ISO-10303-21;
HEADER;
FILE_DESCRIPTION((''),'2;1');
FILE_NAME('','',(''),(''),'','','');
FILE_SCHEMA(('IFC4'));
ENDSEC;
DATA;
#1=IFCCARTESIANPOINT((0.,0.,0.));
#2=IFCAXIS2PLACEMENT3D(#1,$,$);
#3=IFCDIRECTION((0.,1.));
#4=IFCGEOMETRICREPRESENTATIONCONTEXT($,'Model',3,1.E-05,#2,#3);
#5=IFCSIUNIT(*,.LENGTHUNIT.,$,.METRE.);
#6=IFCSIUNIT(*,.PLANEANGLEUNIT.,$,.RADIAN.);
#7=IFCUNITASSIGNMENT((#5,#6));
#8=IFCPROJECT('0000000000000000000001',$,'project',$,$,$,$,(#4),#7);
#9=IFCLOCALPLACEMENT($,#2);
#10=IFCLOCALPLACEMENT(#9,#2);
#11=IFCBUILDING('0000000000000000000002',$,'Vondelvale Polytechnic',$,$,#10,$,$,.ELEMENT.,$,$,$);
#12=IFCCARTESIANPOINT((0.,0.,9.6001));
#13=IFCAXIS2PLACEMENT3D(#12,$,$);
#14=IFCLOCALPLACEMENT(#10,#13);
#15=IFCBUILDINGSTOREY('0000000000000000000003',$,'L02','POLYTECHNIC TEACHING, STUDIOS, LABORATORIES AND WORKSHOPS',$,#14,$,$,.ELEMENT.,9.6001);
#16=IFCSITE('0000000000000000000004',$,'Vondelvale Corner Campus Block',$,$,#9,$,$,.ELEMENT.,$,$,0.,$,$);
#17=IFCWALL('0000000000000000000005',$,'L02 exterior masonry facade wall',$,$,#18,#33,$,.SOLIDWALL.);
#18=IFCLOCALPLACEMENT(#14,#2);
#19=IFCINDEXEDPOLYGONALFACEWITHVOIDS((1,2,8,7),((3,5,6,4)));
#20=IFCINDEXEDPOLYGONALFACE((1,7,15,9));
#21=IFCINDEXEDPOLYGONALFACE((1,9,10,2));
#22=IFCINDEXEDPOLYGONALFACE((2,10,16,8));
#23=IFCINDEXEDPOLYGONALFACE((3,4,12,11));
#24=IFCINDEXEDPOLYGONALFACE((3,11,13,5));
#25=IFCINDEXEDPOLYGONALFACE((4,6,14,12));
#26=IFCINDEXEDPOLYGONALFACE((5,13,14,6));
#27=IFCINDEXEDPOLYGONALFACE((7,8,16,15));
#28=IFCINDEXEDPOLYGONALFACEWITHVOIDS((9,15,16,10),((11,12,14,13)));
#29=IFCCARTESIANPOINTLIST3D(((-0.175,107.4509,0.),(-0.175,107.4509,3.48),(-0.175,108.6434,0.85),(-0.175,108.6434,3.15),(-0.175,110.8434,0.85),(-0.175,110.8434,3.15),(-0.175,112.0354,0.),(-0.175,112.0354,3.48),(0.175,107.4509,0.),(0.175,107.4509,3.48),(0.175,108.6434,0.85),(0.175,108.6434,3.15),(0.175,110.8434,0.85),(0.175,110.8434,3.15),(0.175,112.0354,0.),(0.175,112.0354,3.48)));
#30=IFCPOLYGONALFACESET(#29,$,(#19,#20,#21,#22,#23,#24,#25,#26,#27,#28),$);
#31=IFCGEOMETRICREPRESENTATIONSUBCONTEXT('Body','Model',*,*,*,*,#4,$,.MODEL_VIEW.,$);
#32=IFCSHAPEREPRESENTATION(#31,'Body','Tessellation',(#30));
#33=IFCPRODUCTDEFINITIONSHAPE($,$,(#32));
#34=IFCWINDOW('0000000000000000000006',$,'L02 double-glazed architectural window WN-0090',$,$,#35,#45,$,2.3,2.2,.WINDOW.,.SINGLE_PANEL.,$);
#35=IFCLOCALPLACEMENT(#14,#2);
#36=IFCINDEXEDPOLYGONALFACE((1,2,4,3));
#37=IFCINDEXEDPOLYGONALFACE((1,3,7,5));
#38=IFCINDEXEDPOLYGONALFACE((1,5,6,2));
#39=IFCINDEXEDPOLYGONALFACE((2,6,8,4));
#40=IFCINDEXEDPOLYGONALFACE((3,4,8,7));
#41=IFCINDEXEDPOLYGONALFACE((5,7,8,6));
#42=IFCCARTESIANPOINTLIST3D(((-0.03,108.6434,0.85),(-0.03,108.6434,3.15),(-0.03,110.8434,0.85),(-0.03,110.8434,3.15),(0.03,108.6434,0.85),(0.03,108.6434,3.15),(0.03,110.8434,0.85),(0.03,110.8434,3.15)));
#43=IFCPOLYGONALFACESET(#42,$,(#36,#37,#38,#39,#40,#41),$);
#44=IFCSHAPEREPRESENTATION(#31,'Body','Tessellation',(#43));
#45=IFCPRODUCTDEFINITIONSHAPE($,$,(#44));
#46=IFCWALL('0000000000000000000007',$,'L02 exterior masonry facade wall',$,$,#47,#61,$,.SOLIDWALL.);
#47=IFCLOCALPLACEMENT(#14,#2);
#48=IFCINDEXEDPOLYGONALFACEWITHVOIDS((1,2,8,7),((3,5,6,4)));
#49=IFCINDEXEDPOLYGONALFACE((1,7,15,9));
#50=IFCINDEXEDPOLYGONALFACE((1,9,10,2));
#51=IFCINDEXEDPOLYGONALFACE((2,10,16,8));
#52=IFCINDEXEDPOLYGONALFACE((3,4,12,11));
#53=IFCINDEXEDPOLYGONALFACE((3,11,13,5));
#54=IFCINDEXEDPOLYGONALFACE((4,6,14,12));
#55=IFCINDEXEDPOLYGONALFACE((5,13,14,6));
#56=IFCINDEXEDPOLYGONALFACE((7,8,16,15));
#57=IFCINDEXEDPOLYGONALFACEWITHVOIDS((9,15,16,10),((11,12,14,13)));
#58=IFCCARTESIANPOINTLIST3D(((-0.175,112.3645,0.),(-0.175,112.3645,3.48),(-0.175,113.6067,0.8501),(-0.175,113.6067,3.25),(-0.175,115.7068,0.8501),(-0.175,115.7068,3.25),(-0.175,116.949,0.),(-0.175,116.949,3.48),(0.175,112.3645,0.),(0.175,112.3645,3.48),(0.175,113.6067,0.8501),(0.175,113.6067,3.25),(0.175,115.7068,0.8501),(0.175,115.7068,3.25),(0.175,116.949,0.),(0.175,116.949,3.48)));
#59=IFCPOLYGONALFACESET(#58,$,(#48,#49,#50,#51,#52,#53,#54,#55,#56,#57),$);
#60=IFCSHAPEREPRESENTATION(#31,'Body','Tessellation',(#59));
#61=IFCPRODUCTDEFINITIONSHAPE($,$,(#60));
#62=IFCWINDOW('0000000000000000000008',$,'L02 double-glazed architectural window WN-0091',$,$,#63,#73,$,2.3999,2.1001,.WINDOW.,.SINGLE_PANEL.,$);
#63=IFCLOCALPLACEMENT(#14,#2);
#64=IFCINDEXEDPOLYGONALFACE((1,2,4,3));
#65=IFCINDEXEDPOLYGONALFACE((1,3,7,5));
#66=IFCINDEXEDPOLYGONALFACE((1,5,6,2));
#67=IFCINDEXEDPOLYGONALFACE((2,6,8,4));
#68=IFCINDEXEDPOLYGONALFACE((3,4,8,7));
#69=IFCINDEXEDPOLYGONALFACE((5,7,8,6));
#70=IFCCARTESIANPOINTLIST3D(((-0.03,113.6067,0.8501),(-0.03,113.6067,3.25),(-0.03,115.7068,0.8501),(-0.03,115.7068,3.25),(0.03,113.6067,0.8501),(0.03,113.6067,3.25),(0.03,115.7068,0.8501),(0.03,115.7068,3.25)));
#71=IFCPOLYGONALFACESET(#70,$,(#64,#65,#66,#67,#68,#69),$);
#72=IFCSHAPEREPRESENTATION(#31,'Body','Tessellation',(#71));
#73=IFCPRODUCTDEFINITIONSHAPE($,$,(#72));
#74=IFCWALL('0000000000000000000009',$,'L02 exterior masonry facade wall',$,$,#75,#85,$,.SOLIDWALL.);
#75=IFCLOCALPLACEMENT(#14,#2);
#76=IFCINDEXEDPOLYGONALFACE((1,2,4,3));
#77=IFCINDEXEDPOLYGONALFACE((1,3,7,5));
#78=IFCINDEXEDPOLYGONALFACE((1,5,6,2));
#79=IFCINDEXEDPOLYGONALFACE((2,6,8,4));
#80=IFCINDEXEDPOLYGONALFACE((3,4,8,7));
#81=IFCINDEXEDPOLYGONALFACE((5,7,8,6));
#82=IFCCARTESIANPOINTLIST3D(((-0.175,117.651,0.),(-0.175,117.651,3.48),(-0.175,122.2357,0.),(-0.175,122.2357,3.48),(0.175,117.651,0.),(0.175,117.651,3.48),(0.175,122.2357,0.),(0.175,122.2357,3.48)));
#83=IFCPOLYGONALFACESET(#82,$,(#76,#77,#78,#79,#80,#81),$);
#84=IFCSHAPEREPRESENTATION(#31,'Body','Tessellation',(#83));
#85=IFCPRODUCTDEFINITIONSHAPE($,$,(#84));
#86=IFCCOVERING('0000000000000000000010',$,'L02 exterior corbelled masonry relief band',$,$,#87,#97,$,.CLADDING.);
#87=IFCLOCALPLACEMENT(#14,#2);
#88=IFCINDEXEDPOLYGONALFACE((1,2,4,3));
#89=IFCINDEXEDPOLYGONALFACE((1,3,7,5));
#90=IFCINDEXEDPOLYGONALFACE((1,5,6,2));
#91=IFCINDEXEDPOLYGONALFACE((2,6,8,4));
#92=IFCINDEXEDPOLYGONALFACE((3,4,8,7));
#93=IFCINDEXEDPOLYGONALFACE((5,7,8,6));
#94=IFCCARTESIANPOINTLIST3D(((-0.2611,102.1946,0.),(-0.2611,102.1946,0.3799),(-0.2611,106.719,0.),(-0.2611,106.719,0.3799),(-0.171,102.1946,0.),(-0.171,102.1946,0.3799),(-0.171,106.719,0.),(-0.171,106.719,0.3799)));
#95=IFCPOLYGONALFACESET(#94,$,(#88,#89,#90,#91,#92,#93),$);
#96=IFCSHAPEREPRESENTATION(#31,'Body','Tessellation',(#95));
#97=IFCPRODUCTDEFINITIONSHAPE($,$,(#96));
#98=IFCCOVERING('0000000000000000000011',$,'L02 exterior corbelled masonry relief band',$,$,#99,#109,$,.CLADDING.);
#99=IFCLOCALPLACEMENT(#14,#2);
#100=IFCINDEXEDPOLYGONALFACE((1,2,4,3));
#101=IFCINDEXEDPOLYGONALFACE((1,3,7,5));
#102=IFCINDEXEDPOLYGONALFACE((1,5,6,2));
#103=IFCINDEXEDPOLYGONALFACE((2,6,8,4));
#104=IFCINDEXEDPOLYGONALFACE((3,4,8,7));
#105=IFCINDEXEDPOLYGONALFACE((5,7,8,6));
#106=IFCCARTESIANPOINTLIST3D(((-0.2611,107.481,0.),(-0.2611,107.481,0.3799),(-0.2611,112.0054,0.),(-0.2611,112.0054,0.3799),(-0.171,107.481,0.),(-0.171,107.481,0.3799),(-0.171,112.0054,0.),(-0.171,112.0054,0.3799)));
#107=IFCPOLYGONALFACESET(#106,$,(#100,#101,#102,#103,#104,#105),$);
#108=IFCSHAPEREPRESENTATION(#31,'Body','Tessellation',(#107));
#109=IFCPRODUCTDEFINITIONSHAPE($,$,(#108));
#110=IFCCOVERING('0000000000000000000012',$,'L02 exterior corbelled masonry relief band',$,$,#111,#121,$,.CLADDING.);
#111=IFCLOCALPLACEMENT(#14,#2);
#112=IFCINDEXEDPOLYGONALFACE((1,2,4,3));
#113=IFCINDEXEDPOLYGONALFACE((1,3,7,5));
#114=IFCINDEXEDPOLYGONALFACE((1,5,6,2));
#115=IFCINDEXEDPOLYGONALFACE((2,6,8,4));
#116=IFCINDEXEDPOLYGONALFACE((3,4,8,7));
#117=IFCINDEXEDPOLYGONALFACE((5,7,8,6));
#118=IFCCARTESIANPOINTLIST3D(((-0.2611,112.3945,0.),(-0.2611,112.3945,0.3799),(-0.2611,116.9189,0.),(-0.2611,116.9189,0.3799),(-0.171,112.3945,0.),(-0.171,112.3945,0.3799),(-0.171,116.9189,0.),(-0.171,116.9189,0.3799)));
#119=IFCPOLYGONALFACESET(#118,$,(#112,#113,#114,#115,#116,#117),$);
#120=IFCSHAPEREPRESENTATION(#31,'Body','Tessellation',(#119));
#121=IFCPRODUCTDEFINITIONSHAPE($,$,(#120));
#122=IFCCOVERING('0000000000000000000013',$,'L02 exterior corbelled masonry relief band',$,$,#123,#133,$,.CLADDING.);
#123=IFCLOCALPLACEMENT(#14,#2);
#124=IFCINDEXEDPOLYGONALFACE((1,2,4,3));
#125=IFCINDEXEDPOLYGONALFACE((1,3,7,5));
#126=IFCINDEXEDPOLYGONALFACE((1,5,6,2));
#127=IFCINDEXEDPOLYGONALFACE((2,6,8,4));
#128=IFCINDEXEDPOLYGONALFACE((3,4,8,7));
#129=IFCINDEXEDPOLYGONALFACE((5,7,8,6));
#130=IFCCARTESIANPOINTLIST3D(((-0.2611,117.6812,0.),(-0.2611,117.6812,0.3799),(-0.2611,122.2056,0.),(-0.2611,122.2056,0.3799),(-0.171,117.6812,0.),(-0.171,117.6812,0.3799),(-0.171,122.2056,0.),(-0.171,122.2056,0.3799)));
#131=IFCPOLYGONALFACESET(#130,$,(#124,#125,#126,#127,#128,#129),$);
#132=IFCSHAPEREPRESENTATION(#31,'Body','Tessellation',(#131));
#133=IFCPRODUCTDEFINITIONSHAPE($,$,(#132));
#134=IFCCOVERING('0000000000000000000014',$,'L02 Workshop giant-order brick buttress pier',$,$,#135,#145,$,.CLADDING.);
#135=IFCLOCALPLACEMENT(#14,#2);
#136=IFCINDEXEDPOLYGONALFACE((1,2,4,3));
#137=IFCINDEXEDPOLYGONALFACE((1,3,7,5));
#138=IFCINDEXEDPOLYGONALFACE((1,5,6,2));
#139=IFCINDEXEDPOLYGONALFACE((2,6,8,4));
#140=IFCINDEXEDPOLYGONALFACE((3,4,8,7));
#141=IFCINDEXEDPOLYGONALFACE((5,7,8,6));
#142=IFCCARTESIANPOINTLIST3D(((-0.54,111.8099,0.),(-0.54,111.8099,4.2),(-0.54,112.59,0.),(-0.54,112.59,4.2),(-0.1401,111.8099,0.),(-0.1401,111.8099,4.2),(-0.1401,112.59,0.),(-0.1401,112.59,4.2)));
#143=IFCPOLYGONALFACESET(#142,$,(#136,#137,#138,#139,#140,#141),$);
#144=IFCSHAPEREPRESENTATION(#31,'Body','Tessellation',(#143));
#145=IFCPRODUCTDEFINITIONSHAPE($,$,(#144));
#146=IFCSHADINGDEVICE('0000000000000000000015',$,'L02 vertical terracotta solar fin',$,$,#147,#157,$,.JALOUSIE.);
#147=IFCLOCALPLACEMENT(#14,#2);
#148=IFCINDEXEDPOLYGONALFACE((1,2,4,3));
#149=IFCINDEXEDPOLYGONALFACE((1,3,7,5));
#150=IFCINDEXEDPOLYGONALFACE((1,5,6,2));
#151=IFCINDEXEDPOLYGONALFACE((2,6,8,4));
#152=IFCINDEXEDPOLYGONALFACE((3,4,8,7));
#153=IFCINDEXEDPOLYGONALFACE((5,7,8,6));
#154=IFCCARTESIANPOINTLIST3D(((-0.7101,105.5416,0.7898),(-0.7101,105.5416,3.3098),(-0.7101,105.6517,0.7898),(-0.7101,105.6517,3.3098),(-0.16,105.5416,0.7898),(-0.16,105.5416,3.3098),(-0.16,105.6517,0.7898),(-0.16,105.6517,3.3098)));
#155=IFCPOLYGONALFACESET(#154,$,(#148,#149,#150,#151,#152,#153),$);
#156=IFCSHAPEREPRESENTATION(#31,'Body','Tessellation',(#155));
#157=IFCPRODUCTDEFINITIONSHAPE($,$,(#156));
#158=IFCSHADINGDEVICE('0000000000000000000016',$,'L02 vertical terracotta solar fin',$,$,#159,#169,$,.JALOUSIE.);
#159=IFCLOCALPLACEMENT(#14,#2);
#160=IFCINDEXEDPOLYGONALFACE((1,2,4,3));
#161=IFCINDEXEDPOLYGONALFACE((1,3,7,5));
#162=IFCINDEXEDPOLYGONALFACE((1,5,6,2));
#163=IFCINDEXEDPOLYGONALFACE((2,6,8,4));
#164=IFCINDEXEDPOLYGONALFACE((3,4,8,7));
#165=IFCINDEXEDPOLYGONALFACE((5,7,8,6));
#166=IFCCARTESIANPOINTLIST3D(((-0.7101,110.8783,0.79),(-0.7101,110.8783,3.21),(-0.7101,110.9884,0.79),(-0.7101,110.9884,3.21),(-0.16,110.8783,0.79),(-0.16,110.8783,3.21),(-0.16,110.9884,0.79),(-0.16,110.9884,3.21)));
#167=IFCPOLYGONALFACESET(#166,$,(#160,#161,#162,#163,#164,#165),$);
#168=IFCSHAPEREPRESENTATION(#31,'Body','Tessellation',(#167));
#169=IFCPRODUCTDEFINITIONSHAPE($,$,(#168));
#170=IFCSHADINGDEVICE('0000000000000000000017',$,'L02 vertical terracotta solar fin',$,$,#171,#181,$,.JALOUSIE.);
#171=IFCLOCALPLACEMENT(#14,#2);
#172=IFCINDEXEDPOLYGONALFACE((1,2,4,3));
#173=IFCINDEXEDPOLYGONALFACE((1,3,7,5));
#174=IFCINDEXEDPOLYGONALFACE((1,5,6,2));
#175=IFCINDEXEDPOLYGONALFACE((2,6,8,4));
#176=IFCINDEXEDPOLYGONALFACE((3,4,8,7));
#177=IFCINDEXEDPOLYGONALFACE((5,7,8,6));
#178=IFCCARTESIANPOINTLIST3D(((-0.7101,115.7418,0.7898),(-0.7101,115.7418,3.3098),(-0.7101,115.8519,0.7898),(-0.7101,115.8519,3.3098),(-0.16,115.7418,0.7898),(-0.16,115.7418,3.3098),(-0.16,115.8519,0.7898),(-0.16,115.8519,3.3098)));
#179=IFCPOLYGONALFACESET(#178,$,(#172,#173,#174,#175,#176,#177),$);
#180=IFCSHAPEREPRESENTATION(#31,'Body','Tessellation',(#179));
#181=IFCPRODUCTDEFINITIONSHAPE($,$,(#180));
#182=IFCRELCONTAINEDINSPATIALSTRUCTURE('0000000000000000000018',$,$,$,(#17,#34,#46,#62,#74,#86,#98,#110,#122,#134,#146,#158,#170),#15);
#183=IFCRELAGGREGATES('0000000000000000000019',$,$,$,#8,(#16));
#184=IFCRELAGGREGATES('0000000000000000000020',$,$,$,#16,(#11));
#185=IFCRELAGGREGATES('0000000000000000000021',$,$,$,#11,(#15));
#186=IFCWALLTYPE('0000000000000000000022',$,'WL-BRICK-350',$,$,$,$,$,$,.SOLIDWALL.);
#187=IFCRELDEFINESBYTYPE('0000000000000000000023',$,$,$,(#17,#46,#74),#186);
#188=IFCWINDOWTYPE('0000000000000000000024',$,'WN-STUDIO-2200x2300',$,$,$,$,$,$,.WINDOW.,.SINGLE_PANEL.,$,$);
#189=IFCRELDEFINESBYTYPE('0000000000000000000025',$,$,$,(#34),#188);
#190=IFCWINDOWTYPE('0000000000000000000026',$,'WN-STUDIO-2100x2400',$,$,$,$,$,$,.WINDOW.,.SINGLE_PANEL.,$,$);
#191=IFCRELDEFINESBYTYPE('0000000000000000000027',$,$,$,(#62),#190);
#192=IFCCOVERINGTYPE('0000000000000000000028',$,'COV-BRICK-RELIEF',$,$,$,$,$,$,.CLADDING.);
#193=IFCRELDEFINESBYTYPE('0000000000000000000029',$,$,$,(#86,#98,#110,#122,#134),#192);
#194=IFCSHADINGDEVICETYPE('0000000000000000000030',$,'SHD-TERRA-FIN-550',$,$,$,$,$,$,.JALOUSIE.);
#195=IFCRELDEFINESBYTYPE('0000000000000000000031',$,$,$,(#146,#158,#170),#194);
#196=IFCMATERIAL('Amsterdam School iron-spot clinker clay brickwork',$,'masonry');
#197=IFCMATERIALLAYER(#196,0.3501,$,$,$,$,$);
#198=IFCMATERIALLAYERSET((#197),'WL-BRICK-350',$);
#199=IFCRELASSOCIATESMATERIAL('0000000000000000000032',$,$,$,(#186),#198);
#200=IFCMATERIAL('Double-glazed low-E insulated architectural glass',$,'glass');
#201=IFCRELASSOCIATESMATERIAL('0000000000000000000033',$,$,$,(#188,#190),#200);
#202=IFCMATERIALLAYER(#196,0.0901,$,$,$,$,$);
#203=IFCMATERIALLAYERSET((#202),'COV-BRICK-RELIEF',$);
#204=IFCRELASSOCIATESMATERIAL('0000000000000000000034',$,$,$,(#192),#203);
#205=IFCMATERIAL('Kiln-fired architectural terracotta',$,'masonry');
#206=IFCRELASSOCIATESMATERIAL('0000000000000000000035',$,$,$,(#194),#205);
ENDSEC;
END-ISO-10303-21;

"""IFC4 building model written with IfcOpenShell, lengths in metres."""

from ifc_helpers import new_model, si_unit, direction, frame, frame_2d, origin, origin_2d, place, context, subcontext, project, spatial, rectangle, extrude, material, layer, layer_set, type_object, element, fill, save


model = new_model("IFC4")

# Units and contexts
model_context = context("Model", 3, precision=1e-05, world=origin(), true_north=direction((0.0, 1.0)))
body_context = subcontext(model_context, "Body", "Model", "MODEL_VIEW")
ifc_project = project(units=[si_unit("LENGTHUNIT", "METRE"), si_unit("PLANEANGLEUNIT", "RADIAN")], contexts=[model_context])

# Site, building, storey
site_placement = place(None, origin())
site = spatial("IfcSite", under=ifc_project, at=site_placement, Name="Vondelvale Corner Campus Block", CompositionType="ELEMENT", RefElevation=0.0)
building_placement = place(site_placement, origin())
building = spatial("IfcBuilding", under=site, at=building_placement, Name="Vondelvale Polytechnic", CompositionType="ELEMENT")
storey_placement = place(building_placement, frame((0.0, 0.0, 9.6001)))
storey = spatial("IfcBuildingStorey", under=building, at=storey_placement, Name="L02", Description="POLYTECHNIC TEACHING, STUDIOS, LABORATORIES AND WORKSHOPS", CompositionType="ELEMENT", Elevation=9.6001)

# Walls, openings, windows
ifc_material_1 = material(Name="Amsterdam School iron-spot clinker clay brickwork", Category="masonry")
ifc_layer_1 = layer(ifc_material_1, 0.3501)
ifc_layer_set_1 = layer_set([ifc_layer_1], Name="WL-BRICK-350")
wall_type = type_object("IfcWallType", Name="WL-BRICK-350", PredefinedType="SOLIDWALL", material=ifc_layer_set_1)
wall_1_placement = place(storey_placement, frame((0.0, 107.4509, 0.0), z_axis=(0.0, 0.0, 1.0), x_axis=(0.0, 1.0, 0.0)))
wall_1 = element("IfcWall", 1, at=wall_1_placement, inside=storey, type_object=wall_type, Name="L02 exterior masonry facade wall", PredefinedType="SOLIDWALL", context=body_context, shape_type="SweptSolid", body=[
    extrude(rectangle(XDim=4.5845, YDim=0.3501, at=frame_2d((2.2922, 0.0))), origin(), (0.0, 0.0, 1.0), 3.48),
])
opening_1_placement = place(wall_1_placement, frame((1.1924, 0.0, 0.8501)))
opening_1 = element("IfcOpeningElement", 2, at=opening_1_placement, cuts=wall_1, PredefinedType="OPENING", context=body_context, shape_type="SweptSolid", body=[
    extrude(rectangle(XDim=2.2, YDim=2.3, at=frame_2d((1.1001, 1.1499))), frame((0.0, 0.1851, 0.0), z_axis=(0.0, -1.0, 0.0), x_axis=(1.0, 0.0, 0.0)), (0.0, 0.0, 1.0), 0.3701),
])
ifc_material_2 = material(Name="Double-glazed low-E insulated architectural glass", Category="glass")
window_type_1 = type_object("IfcWindowType", Name="WN-STUDIO-2200x2300", PartitioningType="SINGLE_PANEL", PredefinedType="WINDOW", material=ifc_material_2)
window_1_placement = place(opening_1_placement, origin())
window_1 = element("IfcWindow", 3, at=window_1_placement, inside=storey, type_object=window_type_1, Name="L02 double-glazed architectural window WN-0090", OverallHeight=2.3, OverallWidth=2.2, PartitioningType="SINGLE_PANEL", PredefinedType="WINDOW", context=body_context, shape_type="SweptSolid", body=[
    extrude(rectangle(XDim=2.2, YDim=2.3, at=frame_2d((1.1001, 1.1499))), frame((0.0, 0.03, 0.0), z_axis=(0.0, -1.0, 0.0), x_axis=(1.0, 0.0, 0.0)), (0.0, 0.0, 1.0), 0.0601),
])
fill(opening_1, window_1)
wall_2_placement = place(storey_placement, frame((0.0, 112.3645, 0.0), z_axis=(0.0, 0.0, 1.0), x_axis=(0.0, 1.0, 0.0)))
wall_2 = element("IfcWall", 4, at=wall_2_placement, inside=storey, type_object=wall_type, Name="L02 exterior masonry facade wall", PredefinedType="SOLIDWALL", context=body_context, shape_type="SweptSolid", body=[
    extrude(rectangle(XDim=4.5845, YDim=0.3501, at=frame_2d((2.2922, 0.0))), origin(), (0.0, 0.0, 1.0), 3.48),
])
opening_2_placement = place(wall_2_placement, frame((1.2422, 0.0, 0.8501)))
opening_2 = element("IfcOpeningElement", 5, at=opening_2_placement, cuts=wall_2, PredefinedType="OPENING", context=body_context, shape_type="SweptSolid", body=[
    extrude(rectangle(XDim=2.1001, YDim=2.3999, at=frame_2d((1.05, 1.2))), frame((0.0, 0.1851, 0.0), z_axis=(0.0, -1.0, 0.0), x_axis=(1.0, 0.0, 0.0)), (0.0, 0.0, 1.0), 0.3701),
])
window_type_2 = type_object("IfcWindowType", Name="WN-STUDIO-2100x2400", PartitioningType="SINGLE_PANEL", PredefinedType="WINDOW", material=ifc_material_2)
window_2_placement = place(opening_2_placement, origin())
window_2 = element("IfcWindow", 6, at=window_2_placement, inside=storey, type_object=window_type_2, Name="L02 double-glazed architectural window WN-0091", OverallHeight=2.3999, OverallWidth=2.1001, PartitioningType="SINGLE_PANEL", PredefinedType="WINDOW", context=body_context, shape_type="SweptSolid", body=[
    extrude(rectangle(XDim=2.1001, YDim=2.3999, at=frame_2d((1.05, 1.2))), frame((0.0, 0.03, 0.0), z_axis=(0.0, -1.0, 0.0), x_axis=(1.0, 0.0, 0.0)), (0.0, 0.0, 1.0), 0.0601),
])
fill(opening_2, window_2)

# Wall
wall_3_placement = place(storey_placement, frame((0.0, 117.6509, 0.0), z_axis=(0.0, 0.0, 1.0), x_axis=(0.0, 1.0, 0.0)))
element("IfcWall", 7, at=wall_3_placement, inside=storey, type_object=wall_type, Name="L02 exterior masonry facade wall", PredefinedType="SOLIDWALL", context=body_context, shape_type="SweptSolid", body=[
    extrude(rectangle(XDim=4.5847, YDim=0.3501, at=frame_2d((2.2925, 0.0))), origin(), (0.0, 0.0, 1.0), 3.48),
])

# Coverings
ifc_layer_2 = layer(ifc_material_1, 0.0901)
ifc_layer_set_2 = layer_set([ifc_layer_2], Name="COV-BRICK-RELIEF")
covering_type = type_object("IfcCoveringType", Name="COV-BRICK-RELIEF", PredefinedType="CLADDING", material=ifc_layer_set_2)
for number, where, z_axis, x_axis, name in (
    (8, (-0.2161, 104.4568, 0.0), (0.0, 0.0, 1.0), (0.0, 1.0, 0.0), "L02 exterior corbelled masonry relief band"),
    (9, (-0.2161, 109.7432, 0.0), (0.0, 0.0, 1.0), (0.0, 1.0, 0.0), "L02 exterior corbelled masonry relief band"),
    (10, (-0.2161, 114.6567, 0.0), (0.0, 0.0, 1.0), (0.0, 1.0, 0.0), "L02 exterior corbelled masonry relief band"),
    (11, (-0.2161, 119.9434, 0.0), (0.0, 0.0, 1.0), (0.0, 1.0, 0.0), "L02 exterior corbelled masonry relief band"),
):
    element("IfcCovering", number, at=place(storey_placement, frame(where, z_axis=z_axis, x_axis=x_axis)), inside=storey, type_object=covering_type, Name=name, PredefinedType="CLADDING", context=body_context, shape_type="SweptSolid", body=[
        extrude(rectangle(XDim=4.5244, YDim=0.0901, at=origin_2d()), origin(), (0.0, 0.0, 1.0), 0.3799),
    ])
covering_placement = place(storey_placement, frame((-0.3401, 112.2, 0.0), z_axis=(0.0, 0.0, 1.0), x_axis=(1.0, 0.0, 0.0)))
element("IfcCovering", 12, at=covering_placement, inside=storey, type_object=covering_type, Name="L02 Workshop giant-order brick buttress pier", PredefinedType="CLADDING", context=body_context, shape_type="SweptSolid", body=[
    extrude(rectangle(XDim=0.3999, YDim=0.78, at=origin_2d()), origin(), (0.0, 0.0, 1.0), 4.2),
])

# Shading devices
ifc_material_3 = material(Name="Kiln-fired architectural terracotta", Category="masonry")
shading_device_type = type_object("IfcShadingDeviceType", Name="SHD-TERRA-FIN-550", PredefinedType="JALOUSIE", material=ifc_material_3)
shading_device_1_placement = place(storey_placement, frame((-0.4351, 105.5967, 0.7898), z_axis=(0.0, 0.0, 1.0), x_axis=(0.0, 1.0, 0.0)))
element("IfcShadingDevice", 13, at=shading_device_1_placement, inside=storey, type_object=shading_device_type, Name="L02 vertical terracotta solar fin", PredefinedType="JALOUSIE", context=body_context, shape_type="SweptSolid", body=[
    extrude(rectangle(XDim=0.1101, YDim=0.55, at=origin_2d()), origin(), (0.0, 0.0, 1.0), 2.52),
])
shading_device_2_placement = place(storey_placement, frame((-0.4351, 110.9333, 0.79), z_axis=(0.0, 0.0, 1.0), x_axis=(0.0, 1.0, 0.0)))
element("IfcShadingDevice", 14, at=shading_device_2_placement, inside=storey, type_object=shading_device_type, Name="L02 vertical terracotta solar fin", PredefinedType="JALOUSIE", context=body_context, shape_type="SweptSolid", body=[
    extrude(rectangle(XDim=0.1101, YDim=0.55, at=origin_2d()), origin(), (0.0, 0.0, 1.0), 2.4199),
])
shading_device_3_placement = place(storey_placement, frame((-0.4351, 115.7969, 0.7898), z_axis=(0.0, 0.0, 1.0), x_axis=(0.0, 1.0, 0.0)))
element("IfcShadingDevice", 15, at=shading_device_3_placement, inside=storey, type_object=shading_device_type, Name="L02 vertical terracotta solar fin", PredefinedType="JALOUSIE", context=body_context, shape_type="SweptSolid", body=[
    extrude(rectangle(XDim=0.1101, YDim=0.55, at=origin_2d()), origin(), (0.0, 0.0, 1.0), 2.52),
])

save(model, "model.ifc")
